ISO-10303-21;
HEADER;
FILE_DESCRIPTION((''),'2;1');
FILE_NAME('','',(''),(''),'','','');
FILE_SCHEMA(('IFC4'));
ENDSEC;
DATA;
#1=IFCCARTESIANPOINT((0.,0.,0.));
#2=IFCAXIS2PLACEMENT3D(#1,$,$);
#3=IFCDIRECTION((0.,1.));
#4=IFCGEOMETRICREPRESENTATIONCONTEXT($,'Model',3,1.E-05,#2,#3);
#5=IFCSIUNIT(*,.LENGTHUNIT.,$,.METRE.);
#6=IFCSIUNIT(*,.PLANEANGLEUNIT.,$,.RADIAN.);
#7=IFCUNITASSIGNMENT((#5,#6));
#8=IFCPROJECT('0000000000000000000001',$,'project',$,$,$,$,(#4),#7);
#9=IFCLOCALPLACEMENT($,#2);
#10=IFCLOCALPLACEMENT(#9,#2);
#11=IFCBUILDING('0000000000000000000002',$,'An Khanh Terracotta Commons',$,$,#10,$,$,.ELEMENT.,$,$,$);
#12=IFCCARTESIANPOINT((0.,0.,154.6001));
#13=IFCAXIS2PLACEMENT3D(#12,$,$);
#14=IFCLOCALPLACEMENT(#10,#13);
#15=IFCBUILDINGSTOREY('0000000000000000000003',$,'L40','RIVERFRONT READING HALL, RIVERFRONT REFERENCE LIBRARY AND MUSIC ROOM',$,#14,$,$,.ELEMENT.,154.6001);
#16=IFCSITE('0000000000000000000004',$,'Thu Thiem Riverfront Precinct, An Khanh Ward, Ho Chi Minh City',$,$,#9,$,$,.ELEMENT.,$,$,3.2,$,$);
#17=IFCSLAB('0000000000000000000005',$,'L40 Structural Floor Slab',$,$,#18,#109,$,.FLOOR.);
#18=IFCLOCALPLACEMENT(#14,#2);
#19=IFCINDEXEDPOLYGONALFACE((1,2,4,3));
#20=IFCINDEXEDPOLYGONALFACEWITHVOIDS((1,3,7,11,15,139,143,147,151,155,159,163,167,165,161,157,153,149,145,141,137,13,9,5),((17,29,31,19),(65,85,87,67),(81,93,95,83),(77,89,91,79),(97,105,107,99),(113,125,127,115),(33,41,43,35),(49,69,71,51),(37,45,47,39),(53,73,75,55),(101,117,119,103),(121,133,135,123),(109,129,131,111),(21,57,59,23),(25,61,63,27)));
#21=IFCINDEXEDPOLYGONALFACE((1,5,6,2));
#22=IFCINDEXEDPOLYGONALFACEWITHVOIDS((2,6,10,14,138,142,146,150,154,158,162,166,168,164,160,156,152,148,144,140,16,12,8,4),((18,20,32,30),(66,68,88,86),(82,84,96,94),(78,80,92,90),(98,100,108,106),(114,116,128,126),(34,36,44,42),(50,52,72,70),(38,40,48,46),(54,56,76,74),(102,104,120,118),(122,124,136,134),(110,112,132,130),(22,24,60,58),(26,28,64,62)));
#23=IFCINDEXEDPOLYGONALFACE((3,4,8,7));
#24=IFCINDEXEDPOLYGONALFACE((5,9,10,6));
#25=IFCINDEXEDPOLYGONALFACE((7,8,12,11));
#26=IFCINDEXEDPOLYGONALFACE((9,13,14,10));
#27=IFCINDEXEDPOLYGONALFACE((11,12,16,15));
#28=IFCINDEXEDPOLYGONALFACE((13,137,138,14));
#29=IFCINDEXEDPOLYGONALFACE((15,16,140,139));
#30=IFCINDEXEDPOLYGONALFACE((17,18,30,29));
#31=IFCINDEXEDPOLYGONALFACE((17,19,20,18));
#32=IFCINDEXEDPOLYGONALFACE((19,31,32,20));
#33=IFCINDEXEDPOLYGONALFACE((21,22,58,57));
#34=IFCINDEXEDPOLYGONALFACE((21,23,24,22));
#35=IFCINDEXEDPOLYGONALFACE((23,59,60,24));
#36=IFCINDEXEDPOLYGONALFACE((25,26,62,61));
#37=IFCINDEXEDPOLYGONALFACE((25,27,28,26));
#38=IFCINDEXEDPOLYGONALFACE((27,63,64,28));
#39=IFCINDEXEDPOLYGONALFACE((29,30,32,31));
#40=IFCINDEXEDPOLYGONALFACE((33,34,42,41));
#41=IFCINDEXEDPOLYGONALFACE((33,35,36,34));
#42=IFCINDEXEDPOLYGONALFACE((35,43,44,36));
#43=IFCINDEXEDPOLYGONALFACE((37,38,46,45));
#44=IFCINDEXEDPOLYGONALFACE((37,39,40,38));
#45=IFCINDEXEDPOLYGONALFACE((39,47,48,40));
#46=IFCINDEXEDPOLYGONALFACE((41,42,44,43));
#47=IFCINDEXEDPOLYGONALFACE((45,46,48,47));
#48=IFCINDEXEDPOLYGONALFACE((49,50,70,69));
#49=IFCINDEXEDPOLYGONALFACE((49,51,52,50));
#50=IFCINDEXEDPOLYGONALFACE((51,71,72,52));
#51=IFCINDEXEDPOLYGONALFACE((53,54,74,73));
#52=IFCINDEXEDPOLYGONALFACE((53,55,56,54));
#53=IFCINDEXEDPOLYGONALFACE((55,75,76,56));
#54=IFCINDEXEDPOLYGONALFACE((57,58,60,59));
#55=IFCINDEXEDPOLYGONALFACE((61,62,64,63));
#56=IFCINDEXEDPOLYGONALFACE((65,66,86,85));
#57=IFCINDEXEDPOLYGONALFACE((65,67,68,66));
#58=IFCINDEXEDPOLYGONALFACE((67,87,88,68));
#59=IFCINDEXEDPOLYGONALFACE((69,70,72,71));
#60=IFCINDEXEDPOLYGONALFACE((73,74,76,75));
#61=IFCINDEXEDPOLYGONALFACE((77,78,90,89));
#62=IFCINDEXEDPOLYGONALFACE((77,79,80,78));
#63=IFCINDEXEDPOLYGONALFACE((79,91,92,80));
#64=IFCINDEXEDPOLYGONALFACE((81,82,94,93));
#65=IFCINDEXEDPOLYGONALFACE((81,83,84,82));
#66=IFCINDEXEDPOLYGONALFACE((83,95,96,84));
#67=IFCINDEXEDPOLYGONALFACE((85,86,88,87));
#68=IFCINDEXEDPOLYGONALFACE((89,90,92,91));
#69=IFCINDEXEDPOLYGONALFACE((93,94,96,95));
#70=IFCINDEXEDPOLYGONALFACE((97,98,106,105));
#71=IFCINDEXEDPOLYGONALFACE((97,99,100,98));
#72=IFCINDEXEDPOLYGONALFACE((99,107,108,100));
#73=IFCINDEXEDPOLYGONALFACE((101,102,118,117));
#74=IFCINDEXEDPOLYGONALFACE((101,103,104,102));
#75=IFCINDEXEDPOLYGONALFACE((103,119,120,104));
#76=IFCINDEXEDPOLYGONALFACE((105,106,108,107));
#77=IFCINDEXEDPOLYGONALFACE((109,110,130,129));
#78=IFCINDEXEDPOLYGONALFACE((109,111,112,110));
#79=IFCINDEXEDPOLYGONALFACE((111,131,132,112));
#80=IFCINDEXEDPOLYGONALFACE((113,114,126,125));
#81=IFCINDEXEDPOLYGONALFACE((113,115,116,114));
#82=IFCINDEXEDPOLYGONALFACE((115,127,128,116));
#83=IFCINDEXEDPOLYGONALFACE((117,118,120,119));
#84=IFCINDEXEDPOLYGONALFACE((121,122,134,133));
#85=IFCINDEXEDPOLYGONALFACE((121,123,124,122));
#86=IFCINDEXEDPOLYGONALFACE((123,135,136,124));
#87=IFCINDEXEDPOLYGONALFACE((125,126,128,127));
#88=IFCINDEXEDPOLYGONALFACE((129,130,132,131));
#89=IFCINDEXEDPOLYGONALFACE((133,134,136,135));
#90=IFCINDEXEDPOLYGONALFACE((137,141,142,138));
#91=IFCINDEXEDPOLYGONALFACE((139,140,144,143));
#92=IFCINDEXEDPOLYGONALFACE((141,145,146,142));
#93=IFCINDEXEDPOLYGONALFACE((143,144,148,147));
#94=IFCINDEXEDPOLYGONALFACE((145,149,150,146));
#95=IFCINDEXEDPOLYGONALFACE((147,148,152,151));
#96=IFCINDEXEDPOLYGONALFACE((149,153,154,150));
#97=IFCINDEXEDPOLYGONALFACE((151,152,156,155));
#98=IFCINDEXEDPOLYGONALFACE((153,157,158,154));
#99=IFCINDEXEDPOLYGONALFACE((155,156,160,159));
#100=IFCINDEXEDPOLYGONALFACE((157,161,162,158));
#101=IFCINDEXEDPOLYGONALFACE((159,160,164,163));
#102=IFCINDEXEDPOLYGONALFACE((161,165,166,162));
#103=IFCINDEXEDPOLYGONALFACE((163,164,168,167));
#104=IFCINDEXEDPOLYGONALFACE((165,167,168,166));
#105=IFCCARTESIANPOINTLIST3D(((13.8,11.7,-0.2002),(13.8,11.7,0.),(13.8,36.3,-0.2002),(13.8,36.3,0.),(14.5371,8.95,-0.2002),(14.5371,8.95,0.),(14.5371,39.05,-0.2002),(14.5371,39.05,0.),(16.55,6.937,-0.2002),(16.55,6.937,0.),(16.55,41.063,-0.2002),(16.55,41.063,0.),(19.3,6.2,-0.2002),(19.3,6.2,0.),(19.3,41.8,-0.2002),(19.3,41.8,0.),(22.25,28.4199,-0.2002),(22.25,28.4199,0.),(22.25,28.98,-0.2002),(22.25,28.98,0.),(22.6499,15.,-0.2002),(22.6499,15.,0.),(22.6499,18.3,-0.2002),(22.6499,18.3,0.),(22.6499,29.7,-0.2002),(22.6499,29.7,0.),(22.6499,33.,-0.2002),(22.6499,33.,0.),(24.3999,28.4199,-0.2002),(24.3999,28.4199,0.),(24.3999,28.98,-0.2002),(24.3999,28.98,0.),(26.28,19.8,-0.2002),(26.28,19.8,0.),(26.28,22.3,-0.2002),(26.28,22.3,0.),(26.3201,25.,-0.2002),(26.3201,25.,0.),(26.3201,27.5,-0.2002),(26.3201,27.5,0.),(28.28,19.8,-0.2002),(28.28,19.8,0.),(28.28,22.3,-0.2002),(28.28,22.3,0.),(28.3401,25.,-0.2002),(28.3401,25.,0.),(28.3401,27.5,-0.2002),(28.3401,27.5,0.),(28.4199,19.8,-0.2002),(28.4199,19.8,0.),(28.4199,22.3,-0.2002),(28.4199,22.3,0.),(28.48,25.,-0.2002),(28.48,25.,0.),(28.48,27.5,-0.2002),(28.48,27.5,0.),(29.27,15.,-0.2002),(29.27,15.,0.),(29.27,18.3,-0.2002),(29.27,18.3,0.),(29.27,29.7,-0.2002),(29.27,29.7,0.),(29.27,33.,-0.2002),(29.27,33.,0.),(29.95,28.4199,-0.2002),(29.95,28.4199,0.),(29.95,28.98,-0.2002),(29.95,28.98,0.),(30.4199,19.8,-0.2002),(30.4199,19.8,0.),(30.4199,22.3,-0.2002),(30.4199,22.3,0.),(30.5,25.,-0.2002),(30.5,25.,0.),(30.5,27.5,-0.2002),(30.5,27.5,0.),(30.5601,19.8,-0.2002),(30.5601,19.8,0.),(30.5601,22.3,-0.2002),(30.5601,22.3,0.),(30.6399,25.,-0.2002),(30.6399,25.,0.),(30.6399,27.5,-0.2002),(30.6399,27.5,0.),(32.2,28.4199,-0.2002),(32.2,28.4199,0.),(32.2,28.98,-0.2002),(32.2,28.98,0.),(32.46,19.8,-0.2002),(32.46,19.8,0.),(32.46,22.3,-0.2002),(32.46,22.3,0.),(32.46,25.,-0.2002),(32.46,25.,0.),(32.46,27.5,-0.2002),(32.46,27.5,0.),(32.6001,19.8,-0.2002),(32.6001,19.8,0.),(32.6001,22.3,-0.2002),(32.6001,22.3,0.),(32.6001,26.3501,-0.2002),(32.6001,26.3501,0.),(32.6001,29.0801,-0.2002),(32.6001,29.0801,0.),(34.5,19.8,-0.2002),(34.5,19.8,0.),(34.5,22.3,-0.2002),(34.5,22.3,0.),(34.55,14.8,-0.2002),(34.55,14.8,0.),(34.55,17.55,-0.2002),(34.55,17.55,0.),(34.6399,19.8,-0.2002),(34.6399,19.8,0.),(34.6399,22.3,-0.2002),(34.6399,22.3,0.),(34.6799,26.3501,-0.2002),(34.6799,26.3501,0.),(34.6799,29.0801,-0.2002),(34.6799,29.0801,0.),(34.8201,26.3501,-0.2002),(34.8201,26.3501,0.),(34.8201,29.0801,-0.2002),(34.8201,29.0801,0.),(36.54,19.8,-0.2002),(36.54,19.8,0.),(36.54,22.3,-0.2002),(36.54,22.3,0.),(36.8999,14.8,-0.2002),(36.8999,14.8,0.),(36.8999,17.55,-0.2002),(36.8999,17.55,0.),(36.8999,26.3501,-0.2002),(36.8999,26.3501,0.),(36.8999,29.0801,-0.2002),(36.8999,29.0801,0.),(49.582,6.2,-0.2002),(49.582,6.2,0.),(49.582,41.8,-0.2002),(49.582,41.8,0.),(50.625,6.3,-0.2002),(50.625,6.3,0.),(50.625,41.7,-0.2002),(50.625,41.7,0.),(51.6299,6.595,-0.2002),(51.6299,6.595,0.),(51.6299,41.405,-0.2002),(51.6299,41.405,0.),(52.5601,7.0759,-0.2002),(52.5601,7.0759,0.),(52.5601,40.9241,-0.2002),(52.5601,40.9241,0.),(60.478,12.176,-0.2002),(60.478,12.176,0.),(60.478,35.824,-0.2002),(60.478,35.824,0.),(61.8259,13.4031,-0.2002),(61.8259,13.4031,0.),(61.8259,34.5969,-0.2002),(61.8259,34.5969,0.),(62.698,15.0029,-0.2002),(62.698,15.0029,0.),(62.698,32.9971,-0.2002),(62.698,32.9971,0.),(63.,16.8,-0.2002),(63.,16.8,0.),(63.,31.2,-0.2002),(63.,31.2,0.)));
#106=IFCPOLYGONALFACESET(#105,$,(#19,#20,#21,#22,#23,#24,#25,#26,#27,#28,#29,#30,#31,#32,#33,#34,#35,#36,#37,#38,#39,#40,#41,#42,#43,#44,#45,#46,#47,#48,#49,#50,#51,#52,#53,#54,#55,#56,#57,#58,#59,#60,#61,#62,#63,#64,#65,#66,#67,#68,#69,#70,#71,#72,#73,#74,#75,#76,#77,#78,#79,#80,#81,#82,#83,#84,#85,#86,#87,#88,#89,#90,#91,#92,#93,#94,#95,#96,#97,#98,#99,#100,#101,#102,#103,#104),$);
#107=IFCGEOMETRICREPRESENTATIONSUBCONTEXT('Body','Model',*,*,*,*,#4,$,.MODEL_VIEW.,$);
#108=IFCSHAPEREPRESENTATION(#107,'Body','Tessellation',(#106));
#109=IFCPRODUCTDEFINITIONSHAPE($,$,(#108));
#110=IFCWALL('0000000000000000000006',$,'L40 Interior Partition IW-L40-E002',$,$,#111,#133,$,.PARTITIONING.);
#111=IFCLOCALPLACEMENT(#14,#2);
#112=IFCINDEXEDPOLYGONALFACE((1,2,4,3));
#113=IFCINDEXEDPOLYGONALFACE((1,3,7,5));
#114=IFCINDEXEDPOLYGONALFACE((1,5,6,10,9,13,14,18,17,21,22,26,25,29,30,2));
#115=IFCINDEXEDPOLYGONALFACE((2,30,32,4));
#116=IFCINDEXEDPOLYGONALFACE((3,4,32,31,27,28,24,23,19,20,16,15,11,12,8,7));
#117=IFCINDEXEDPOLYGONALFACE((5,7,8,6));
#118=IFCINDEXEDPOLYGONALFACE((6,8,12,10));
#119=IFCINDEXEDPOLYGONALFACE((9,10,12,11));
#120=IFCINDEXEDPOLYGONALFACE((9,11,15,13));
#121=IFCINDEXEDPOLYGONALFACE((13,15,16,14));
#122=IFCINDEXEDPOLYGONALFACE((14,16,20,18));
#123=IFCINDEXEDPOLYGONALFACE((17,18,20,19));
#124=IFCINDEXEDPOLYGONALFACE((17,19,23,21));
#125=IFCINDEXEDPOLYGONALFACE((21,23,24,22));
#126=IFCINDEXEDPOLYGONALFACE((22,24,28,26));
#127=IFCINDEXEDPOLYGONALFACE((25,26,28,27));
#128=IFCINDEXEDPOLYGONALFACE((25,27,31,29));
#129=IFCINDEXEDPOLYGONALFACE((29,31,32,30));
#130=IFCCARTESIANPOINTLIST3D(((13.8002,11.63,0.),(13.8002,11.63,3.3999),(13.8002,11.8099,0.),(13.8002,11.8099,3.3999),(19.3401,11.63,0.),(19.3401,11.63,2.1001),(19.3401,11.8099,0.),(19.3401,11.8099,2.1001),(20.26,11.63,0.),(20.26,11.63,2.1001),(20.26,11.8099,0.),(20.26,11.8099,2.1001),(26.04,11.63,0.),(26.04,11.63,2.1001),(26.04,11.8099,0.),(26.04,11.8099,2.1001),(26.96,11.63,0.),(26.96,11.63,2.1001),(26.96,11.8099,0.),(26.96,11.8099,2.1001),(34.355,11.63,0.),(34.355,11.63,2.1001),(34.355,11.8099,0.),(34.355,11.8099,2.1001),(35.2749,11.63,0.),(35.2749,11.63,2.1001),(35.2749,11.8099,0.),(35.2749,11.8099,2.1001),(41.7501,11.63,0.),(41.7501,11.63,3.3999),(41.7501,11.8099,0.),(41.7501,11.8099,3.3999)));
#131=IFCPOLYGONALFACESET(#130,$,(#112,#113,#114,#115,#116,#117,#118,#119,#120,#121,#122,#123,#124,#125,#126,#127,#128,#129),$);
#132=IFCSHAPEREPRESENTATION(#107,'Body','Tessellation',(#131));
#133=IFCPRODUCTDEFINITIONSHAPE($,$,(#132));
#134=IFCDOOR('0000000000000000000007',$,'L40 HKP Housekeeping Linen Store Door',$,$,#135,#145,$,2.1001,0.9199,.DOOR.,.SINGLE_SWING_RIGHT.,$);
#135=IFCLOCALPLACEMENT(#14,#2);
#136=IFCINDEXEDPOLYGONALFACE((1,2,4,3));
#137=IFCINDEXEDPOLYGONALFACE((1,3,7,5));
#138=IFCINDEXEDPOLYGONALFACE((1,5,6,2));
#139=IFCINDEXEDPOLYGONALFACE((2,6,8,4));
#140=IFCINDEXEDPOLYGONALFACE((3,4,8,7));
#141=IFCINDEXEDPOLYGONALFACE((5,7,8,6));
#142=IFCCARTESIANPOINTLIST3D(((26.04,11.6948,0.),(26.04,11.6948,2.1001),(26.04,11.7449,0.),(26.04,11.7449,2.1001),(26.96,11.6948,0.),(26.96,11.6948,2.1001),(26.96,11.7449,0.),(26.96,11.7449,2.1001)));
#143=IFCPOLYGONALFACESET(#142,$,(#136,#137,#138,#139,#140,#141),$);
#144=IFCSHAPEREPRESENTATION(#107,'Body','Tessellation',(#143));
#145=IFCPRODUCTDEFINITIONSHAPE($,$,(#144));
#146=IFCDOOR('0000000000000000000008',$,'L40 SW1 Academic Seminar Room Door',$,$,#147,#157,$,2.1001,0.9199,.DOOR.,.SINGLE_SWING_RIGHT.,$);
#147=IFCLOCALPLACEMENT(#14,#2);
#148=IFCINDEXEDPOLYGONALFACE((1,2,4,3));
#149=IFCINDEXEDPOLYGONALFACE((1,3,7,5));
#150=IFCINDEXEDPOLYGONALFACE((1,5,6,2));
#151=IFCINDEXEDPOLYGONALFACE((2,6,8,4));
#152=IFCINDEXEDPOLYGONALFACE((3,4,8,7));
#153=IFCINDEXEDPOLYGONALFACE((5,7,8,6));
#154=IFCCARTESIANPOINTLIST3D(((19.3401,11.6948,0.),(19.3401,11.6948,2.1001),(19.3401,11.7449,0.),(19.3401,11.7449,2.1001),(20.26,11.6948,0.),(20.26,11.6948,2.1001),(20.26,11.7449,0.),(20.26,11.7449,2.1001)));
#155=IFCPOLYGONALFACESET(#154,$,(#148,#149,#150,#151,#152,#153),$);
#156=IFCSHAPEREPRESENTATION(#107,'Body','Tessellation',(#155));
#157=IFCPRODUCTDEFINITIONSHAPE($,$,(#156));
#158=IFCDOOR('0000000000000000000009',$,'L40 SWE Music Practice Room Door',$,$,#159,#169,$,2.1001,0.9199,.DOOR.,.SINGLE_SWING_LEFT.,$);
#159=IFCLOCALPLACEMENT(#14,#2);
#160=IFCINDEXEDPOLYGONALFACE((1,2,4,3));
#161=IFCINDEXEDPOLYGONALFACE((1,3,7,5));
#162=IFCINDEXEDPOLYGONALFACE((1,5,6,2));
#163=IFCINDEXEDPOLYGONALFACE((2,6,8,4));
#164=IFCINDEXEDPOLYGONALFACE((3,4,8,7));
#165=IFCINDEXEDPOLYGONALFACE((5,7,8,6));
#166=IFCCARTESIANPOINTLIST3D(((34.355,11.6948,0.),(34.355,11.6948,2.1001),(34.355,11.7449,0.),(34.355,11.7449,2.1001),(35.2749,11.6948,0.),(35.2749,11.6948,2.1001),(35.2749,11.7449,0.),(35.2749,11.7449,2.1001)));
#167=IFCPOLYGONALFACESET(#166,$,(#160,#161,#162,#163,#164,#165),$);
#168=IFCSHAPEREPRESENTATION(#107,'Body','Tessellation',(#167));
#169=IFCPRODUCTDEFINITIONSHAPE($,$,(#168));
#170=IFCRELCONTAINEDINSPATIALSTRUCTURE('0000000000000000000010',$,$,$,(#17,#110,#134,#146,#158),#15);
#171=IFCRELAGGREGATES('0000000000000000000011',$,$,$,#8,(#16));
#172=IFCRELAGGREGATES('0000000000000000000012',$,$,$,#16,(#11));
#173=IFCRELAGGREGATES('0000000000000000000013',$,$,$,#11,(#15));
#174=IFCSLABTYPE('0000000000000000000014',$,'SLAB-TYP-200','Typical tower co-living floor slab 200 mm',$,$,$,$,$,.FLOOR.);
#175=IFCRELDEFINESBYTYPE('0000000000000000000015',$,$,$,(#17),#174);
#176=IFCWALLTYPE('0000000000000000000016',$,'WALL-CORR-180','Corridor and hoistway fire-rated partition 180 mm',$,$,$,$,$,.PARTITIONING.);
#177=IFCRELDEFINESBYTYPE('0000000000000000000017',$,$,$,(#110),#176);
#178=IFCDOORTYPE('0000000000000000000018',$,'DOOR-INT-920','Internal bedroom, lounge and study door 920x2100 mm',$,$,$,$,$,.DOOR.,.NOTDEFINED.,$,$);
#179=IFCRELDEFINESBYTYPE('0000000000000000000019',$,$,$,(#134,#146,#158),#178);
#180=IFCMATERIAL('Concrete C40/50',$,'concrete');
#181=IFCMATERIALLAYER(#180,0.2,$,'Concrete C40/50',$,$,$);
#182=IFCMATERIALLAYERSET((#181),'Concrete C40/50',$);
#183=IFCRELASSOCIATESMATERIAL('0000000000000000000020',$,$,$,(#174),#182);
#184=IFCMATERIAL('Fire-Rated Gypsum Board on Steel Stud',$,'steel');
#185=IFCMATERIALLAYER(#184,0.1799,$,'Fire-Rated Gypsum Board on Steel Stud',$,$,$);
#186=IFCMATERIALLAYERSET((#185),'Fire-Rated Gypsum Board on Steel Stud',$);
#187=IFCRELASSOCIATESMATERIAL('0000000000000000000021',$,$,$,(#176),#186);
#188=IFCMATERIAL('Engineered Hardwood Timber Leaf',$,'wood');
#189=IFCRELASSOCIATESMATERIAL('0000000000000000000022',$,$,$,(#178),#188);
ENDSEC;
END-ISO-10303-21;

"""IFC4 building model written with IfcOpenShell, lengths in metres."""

from ifc_helpers import new_model, si_unit, direction, frame, frame_2d, origin, place, context, subcontext, project, spatial, polyline, rectangle, outline, extrude, material, layer, layer_set, type_object, element, fill, save


model = new_model("IFC4")

# Units and contexts
model_context = context("Model", 3, precision=1e-05, world=origin(), true_north=direction((0.0, 1.0)))
body_context = subcontext(model_context, "Body", "Model", "MODEL_VIEW")
ifc_project = project(units=[si_unit("LENGTHUNIT", "METRE"), si_unit("PLANEANGLEUNIT", "RADIAN")], contexts=[model_context])

# Site, building, storey
site_placement = place(None, origin())
site = spatial("IfcSite", under=ifc_project, at=site_placement, Name="Thu Thiem Riverfront Precinct, An Khanh Ward, Ho Chi Minh City", CompositionType="ELEMENT", RefElevation=3.2)
building_placement = place(site_placement, origin())
building = spatial("IfcBuilding", under=site, at=building_placement, Name="An Khanh Terracotta Commons", CompositionType="ELEMENT")
storey_placement = place(building_placement, frame((0.0, 0.0, 154.6001)))
storey = spatial("IfcBuildingStorey", under=building, at=storey_placement, Name="L40", Description="RIVERFRONT READING HALL, RIVERFRONT REFERENCE LIBRARY AND MUSIC ROOM", CompositionType="ELEMENT", Elevation=154.6001)

# Shared definitions
ifc_material_1 = material(Name="Concrete C40/50", Category="concrete")

# Slab
ifc_layer_1 = layer(ifc_material_1, 0.2, Name="Concrete C40/50")
ifc_layer_set_1 = layer_set([ifc_layer_1], Name="Concrete C40/50")
slab_type_1 = type_object("IfcSlabType", Name="SLAB-TYP-200", Description="Typical tower co-living floor slab 200 mm", PredefinedType="FLOOR", material=ifc_layer_set_1)
slab_1_placement = place(storey_placement, frame((0.0, 0.0, -0.2002)))
element("IfcSlab", 1, at=slab_1_placement, inside=storey, type_object=slab_type_1, Name="L40 Structural Floor Slab", PredefinedType="FLOOR", context=body_context, shape_type="SweptSolid", body=[
    extrude(outline(polyline([(13.8, 11.7), (14.5371, 8.95), (16.55, 6.937), (19.3, 6.2), (49.582, 6.2), (50.625, 6.3), (51.6299, 6.595), (52.5601, 7.0759), (60.478, 12.176), (61.8259, 13.4031), (62.698, 15.0029), (63.0, 16.8), (63.0, 31.2), (62.698, 32.9971), (61.8259, 34.5969), (60.478, 35.824), (52.5601, 40.9241), (51.6299, 41.405), (50.625, 41.7), (49.582, 41.8), (19.3, 41.8), (16.55, 41.063), (14.5371, 39.05), (13.8, 36.3), (13.8, 11.7)]), holes=[polyline([(22.6499, 29.7), (29.27, 29.7), (29.27, 33.0), (22.6499, 33.0), (22.6499, 29.7)]), polyline([(22.6499, 15.0), (29.27, 15.0), (29.27, 18.3), (22.6499, 18.3), (22.6499, 15.0)]), polyline([(32.6001, 26.3501), (34.6799, 26.3501), (34.6799, 29.0801), (32.6001, 29.0801), (32.6001, 26.3501)]), polyline([(34.8201, 26.3501), (36.8999, 26.3501), (36.8999, 29.0801), (34.8201, 29.0801), (34.8201, 26.3501)]), polyline([(34.55, 14.8), (36.8999, 14.8), (36.8999, 17.55), (34.55, 17.55), (34.55, 14.8)]), polyline([(26.3201, 25.0), (28.3401, 25.0), (28.3401, 27.5), (26.3201, 27.5), (26.3201, 25.0)]), polyline([(28.48, 25.0), (30.5, 25.0), (30.5, 27.5), (28.48, 27.5), (28.48, 25.0)]), polyline([(26.28, 19.8), (28.28, 19.8), (28.28, 22.3), (26.28, 22.3), (26.28, 19.8)]), polyline([(28.4199, 19.8), (30.4199, 19.8), (30.4199, 22.3), (28.4199, 22.3), (28.4199, 19.8)]), polyline([(30.6399, 25.0), (32.46, 25.0), (32.46, 27.5), (30.6399, 27.5), (30.6399, 25.0)]), polyline([(30.5601, 19.8), (32.46, 19.8), (32.46, 22.3), (30.5601, 22.3), (30.5601, 19.8)]), polyline([(32.6001, 19.8), (34.5, 19.8), (34.5, 22.3), (32.6001, 22.3), (32.6001, 19.8)]), polyline([(34.6399, 19.8), (36.54, 19.8), (36.54, 22.3), (34.6399, 22.3), (34.6399, 19.8)]), polyline([(22.25, 28.4199), (24.3999, 28.4199), (24.3999, 28.98), (22.25, 28.98), (22.25, 28.4199)]), polyline([(29.95, 28.4199), (32.2, 28.4199), (32.2, 28.98), (29.95, 28.98), (29.95, 28.4199)])]), origin(), (0.0, 0.0, 1.0), 0.2002),
])

# Wall, openings, doors
ifc_material_2 = material(Name="Fire-Rated Gypsum Board on Steel Stud", Category="steel")
ifc_layer_2 = layer(ifc_material_2, 0.1799, Name="Fire-Rated Gypsum Board on Steel Stud")
ifc_layer_set_2 = layer_set([ifc_layer_2], Name="Fire-Rated Gypsum Board on Steel Stud")
wall_type_1 = type_object("IfcWallType", Name="WALL-CORR-180", Description="Corridor and hoistway fire-rated partition 180 mm", PredefinedType="PARTITIONING", material=ifc_layer_set_2)
wall_1_placement = place(storey_placement, frame((13.8, 11.72, 0.0), z_axis=(0.0, 0.0, 1.0), x_axis=(1.0, 0.0, 0.0)))
wall_1 = element("IfcWall", 2, at=wall_1_placement, inside=storey, type_object=wall_type_1, Name="L40 Interior Partition IW-L40-E002", PredefinedType="PARTITIONING", context=body_context, shape_type="SweptSolid", body=[
    extrude(rectangle(XDim=27.95, YDim=0.1799, at=frame_2d((13.9751, 0.0))), origin(), (0.0, 0.0, 1.0), 3.3999),
])
opening_1_placement = place(wall_1_placement, frame((12.24, 0.0, 0.0)))
opening_1 = element("IfcOpeningElement", 3, at=opening_1_placement, cuts=wall_1, PredefinedType="OPENING", context=body_context, shape_type="SweptSolid", body=[
    extrude(rectangle(XDim=0.9199, YDim=2.1001, at=frame_2d((0.46, 1.05))), frame((0.0, 0.0999, 0.0), z_axis=(0.0, -1.0, 0.0), x_axis=(1.0, 0.0, 0.0)), (0.0, 0.0, 1.0), 0.2),
])
opening_2_placement = place(wall_1_placement, frame((5.54, 0.0, 0.0)))
opening_2 = element("IfcOpeningElement", 4, at=opening_2_placement, cuts=wall_1, PredefinedType="OPENING", context=body_context, shape_type="SweptSolid", body=[
    extrude(rectangle(XDim=0.9199, YDim=2.1001, at=frame_2d((0.46, 1.05))), frame((0.0, 0.0999, 0.0), z_axis=(0.0, -1.0, 0.0), x_axis=(1.0, 0.0, 0.0)), (0.0, 0.0, 1.0), 0.2),
])
opening_3_placement = place(wall_1_placement, frame((20.5549, 0.0, 0.0)))
opening_3 = element("IfcOpeningElement", 5, at=opening_3_placement, cuts=wall_1, PredefinedType="OPENING", context=body_context, shape_type="SweptSolid", body=[
    extrude(rectangle(XDim=0.9199, YDim=2.1001, at=frame_2d((0.46, 1.05))), frame((0.0, 0.0999, 0.0), z_axis=(0.0, -1.0, 0.0), x_axis=(1.0, 0.0, 0.0)), (0.0, 0.0, 1.0), 0.2),
])
ifc_material_3 = material(Name="Engineered Hardwood Timber Leaf", Category="wood")
door_type = type_object("IfcDoorType", Name="DOOR-INT-920", Description="Internal bedroom, lounge and study door 920x2100 mm", OperationType="NOTDEFINED", PredefinedType="DOOR", material=ifc_material_3)
door_1_placement = place(opening_1_placement, origin())
door_1 = element("IfcDoor", 6, at=door_1_placement, inside=storey, type_object=door_type, Name="L40 HKP Housekeeping Linen Store Door", OperationType="SINGLE_SWING_RIGHT", OverallHeight=2.1001, OverallWidth=0.9199, PredefinedType="DOOR", context=body_context, shape_type="SweptSolid", body=[
    extrude(rectangle(XDim=0.9199, YDim=2.1001, at=frame_2d((0.46, 1.05))), frame((0.0, 0.0249, 0.0), z_axis=(0.0, -1.0, 0.0), x_axis=(1.0, 0.0, 0.0)), (0.0, 0.0, 1.0), 0.05),
])
fill(opening_1, door_1)
door_2_placement = place(opening_2_placement, origin())
door_2 = element("IfcDoor", 7, at=door_2_placement, inside=storey, type_object=door_type, Name="L40 SW1 Academic Seminar Room Door", OperationType="SINGLE_SWING_RIGHT", OverallHeight=2.1001, OverallWidth=0.9199, PredefinedType="DOOR", context=body_context, shape_type="SweptSolid", body=[
    extrude(rectangle(XDim=0.9199, YDim=2.1001, at=frame_2d((0.46, 1.05))), frame((0.0, 0.0249, 0.0), z_axis=(0.0, -1.0, 0.0), x_axis=(1.0, 0.0, 0.0)), (0.0, 0.0, 1.0), 0.05),
])
fill(opening_2, door_2)
door_3_placement = place(opening_3_placement, origin())
door_3 = element("IfcDoor", 8, at=door_3_placement, inside=storey, type_object=door_type, Name="L40 SWE Music Practice Room Door", OperationType="SINGLE_SWING_LEFT", OverallHeight=2.1001, OverallWidth=0.9199, PredefinedType="DOOR", context=body_context, shape_type="SweptSolid", body=[
    extrude(rectangle(XDim=0.9199, YDim=2.1001, at=frame_2d((0.46, 1.05))), frame((0.0, 0.0249, 0.0), z_axis=(0.0, -1.0, 0.0), x_axis=(1.0, 0.0, 0.0)), (0.0, 0.0, 1.0), 0.05),
])
fill(opening_3, door_3)

save(model, "model.ifc")
